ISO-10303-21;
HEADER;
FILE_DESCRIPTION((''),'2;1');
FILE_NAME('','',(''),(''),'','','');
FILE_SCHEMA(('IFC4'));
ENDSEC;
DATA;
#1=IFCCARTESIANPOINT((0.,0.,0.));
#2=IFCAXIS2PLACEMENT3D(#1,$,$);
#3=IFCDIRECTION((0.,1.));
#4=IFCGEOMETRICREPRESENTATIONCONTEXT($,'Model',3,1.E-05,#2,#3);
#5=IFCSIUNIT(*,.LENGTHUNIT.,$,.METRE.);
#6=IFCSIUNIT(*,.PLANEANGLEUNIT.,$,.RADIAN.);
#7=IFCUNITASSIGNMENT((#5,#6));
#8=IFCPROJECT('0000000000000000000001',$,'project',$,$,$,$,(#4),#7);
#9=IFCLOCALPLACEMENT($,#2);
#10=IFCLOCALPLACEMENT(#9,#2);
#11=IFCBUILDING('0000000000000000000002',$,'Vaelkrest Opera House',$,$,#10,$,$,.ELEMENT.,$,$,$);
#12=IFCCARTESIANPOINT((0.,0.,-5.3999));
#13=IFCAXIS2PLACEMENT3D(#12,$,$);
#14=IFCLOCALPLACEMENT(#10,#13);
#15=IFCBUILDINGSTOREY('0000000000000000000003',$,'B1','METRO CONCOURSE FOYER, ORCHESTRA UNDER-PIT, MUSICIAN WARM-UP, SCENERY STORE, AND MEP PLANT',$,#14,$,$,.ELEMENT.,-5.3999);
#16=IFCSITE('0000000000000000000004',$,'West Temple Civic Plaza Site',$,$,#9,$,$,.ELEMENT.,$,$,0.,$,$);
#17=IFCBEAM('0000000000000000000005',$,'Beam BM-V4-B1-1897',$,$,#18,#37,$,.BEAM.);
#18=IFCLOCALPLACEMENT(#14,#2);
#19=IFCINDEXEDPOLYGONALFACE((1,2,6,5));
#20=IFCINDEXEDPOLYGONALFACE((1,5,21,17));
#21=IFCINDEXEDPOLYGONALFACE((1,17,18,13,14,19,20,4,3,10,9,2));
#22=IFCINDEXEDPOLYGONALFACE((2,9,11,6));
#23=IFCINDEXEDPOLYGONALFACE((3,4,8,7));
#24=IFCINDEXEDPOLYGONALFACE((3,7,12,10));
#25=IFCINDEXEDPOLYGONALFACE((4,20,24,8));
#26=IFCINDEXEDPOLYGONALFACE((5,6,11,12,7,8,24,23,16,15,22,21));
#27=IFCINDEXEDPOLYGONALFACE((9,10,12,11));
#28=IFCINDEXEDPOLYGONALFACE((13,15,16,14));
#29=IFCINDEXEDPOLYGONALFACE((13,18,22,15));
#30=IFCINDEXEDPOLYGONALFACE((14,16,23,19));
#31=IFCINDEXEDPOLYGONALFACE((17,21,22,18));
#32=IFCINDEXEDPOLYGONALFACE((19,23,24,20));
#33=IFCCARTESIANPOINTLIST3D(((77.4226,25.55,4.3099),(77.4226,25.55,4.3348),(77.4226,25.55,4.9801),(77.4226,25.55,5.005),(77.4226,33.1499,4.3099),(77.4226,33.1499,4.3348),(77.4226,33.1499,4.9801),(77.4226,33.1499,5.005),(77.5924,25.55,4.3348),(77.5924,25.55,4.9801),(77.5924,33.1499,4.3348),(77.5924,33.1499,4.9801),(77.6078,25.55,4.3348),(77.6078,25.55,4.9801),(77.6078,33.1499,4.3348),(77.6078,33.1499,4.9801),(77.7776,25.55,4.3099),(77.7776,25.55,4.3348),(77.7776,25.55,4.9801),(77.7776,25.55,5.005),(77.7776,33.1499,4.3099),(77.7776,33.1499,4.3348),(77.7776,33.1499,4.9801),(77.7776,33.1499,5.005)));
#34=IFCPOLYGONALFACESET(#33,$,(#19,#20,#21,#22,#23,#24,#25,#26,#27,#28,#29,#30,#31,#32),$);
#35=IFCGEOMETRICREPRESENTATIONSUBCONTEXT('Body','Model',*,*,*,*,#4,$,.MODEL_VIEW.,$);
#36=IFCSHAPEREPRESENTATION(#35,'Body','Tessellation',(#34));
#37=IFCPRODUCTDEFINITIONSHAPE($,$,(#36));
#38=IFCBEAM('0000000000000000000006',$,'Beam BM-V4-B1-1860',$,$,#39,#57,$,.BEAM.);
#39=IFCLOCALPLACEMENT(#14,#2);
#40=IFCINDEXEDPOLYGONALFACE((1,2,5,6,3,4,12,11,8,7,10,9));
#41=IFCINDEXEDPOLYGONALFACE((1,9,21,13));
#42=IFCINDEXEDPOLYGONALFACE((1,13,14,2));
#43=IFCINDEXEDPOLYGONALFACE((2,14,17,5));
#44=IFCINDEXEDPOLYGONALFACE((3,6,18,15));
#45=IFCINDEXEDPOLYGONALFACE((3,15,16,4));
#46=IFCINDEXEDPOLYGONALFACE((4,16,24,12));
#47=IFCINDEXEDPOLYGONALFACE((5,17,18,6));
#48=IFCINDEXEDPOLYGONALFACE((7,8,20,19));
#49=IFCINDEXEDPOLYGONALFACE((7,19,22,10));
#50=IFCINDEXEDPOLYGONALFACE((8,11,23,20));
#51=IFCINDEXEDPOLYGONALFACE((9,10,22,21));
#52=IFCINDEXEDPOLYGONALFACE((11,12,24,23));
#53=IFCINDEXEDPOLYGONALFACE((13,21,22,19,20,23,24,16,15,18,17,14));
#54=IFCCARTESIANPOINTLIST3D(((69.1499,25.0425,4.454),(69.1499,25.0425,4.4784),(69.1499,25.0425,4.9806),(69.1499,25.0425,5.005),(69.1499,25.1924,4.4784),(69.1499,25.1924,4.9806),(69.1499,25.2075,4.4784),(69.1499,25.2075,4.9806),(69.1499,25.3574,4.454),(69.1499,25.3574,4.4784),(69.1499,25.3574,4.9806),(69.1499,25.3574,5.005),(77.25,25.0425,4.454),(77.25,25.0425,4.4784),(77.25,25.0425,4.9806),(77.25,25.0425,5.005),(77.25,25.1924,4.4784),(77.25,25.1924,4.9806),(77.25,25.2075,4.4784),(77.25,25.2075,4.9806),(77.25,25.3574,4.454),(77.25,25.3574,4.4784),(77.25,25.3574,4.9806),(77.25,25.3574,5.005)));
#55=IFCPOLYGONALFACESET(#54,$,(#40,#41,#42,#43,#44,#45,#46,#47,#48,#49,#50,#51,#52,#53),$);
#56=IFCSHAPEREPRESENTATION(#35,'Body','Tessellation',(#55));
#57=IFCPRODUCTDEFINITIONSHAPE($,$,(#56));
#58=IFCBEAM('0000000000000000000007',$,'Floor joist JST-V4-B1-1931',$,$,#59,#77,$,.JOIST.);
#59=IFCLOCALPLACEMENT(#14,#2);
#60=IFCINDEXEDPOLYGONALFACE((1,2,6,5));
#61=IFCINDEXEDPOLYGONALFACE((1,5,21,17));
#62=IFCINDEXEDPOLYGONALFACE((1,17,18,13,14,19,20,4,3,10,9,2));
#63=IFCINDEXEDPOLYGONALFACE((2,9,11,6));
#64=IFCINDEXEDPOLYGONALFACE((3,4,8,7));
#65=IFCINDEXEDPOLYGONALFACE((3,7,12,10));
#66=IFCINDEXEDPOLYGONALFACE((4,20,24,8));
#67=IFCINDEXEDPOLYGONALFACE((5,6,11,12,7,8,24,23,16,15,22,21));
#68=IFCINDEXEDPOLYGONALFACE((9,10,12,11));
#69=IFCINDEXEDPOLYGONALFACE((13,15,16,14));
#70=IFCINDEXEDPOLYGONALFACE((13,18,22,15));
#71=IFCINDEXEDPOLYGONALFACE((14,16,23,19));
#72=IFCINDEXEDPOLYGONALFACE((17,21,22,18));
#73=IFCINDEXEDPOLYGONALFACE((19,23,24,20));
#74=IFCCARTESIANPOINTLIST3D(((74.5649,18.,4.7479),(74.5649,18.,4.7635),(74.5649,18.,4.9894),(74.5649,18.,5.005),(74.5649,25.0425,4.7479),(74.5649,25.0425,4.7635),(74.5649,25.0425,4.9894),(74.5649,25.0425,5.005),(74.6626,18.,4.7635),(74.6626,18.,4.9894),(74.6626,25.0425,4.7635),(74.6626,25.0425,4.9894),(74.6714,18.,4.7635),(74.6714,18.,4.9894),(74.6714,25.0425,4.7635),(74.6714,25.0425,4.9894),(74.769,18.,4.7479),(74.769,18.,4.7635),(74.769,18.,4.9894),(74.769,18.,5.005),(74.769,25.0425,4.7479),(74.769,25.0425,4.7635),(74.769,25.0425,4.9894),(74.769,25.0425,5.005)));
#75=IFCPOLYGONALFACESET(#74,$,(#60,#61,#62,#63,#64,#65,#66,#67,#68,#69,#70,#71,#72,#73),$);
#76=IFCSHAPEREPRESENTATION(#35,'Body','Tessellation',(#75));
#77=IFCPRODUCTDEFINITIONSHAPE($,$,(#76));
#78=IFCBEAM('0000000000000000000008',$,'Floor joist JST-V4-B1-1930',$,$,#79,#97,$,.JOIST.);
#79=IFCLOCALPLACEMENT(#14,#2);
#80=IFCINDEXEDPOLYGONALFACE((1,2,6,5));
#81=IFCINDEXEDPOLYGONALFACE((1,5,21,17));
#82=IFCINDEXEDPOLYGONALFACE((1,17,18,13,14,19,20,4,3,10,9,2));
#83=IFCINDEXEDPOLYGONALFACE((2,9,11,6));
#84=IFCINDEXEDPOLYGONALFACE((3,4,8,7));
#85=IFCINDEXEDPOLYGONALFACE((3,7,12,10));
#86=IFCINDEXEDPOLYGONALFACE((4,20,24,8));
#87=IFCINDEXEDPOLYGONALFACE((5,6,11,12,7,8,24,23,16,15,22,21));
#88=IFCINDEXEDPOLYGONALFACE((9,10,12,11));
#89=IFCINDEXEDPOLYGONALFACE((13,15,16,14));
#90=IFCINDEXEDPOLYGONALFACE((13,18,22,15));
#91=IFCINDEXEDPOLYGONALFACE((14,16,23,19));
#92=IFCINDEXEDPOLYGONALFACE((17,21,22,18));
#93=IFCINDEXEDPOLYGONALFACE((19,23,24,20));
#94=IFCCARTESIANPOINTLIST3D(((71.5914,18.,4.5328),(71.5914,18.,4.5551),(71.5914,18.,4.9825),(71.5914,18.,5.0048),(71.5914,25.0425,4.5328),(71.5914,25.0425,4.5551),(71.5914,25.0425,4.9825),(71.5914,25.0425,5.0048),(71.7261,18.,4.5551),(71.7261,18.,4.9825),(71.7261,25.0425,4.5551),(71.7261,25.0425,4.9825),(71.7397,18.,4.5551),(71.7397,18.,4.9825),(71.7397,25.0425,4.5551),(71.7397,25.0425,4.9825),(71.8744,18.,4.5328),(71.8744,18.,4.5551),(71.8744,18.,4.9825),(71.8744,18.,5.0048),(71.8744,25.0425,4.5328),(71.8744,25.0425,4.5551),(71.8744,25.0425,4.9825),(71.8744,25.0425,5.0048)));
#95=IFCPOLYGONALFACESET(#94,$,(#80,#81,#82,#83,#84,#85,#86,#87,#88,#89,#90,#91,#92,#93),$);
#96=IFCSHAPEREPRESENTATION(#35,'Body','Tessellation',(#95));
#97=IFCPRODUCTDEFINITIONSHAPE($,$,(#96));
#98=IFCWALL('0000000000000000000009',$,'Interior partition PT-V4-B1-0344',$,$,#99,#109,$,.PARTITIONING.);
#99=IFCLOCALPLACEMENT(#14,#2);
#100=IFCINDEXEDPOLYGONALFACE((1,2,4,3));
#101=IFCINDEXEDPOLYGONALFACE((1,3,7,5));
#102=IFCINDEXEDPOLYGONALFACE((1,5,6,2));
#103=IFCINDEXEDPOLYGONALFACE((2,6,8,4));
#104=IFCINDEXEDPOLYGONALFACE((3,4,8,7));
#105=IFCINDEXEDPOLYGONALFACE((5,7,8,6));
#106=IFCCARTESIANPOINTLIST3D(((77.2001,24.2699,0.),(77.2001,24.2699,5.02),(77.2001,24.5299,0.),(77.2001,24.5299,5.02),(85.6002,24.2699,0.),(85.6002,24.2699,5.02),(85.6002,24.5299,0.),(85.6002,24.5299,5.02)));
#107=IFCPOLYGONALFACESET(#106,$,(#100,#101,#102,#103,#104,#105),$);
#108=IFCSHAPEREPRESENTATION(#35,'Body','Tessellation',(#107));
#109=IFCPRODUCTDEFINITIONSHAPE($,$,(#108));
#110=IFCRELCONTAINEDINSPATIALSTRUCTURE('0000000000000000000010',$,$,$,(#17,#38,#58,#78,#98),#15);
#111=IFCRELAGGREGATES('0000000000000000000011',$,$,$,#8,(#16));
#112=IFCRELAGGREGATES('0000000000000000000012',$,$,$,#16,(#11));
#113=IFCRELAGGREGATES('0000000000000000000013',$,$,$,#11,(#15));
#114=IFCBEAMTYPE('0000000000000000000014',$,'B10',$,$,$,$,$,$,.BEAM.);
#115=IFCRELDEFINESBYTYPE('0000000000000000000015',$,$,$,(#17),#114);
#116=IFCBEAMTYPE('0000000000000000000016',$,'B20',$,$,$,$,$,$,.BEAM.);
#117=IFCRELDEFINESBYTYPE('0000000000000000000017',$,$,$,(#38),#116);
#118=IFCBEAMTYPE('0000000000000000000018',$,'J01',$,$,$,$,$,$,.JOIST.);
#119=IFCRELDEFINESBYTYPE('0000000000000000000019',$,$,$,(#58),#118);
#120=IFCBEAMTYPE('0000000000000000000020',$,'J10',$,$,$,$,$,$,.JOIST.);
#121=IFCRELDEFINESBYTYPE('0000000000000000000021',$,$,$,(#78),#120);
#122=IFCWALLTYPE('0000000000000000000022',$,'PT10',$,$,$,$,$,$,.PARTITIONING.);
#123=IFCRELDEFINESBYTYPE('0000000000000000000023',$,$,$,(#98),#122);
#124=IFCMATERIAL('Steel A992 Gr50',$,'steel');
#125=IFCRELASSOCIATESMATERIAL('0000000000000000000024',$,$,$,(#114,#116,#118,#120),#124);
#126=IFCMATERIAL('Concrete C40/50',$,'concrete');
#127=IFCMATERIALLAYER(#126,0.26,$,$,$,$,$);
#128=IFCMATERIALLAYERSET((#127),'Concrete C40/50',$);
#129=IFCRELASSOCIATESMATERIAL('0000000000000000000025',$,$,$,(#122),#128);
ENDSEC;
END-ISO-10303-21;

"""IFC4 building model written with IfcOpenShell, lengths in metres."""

from ifc_helpers import new_model, si_unit, direction, frame, frame_2d, origin, origin_2d, place, context, subcontext, project, spatial, rectangle, i_section, extrude, material, layer, layer_set, material_profile, profile_set, type_object, element, save


model = new_model("IFC4")

# Units and contexts
model_context = context("Model", 3, precision=1e-05, world=origin(), true_north=direction((0.0, 1.0)))
body_context = subcontext(model_context, "Body", "Model", "MODEL_VIEW")
ifc_project = project(units=[si_unit("LENGTHUNIT", "METRE"), si_unit("PLANEANGLEUNIT", "RADIAN")], contexts=[model_context])

# Site, building, storey
site_placement = place(None, origin())
site = spatial("IfcSite", under=ifc_project, at=site_placement, Name="West Temple Civic Plaza Site", CompositionType="ELEMENT", RefElevation=0.0)
building_placement = place(site_placement, origin())
building = spatial("IfcBuilding", under=site, at=building_placement, Name="Vaelkrest Opera House", CompositionType="ELEMENT")
storey_placement = place(building_placement, frame((0.0, 0.0, -5.3999)))
storey = spatial("IfcBuildingStorey", under=building, at=storey_placement, Name="B1", Description="METRO CONCOURSE FOYER, ORCHESTRA UNDER-PIT, MUSICIAN WARM-UP, SCENERY STORE, AND MEP PLANT", CompositionType="ELEMENT", Elevation=-5.3999)

# Shared definitions
ifc_material_1 = material(Name="Concrete C40/50", Category="concrete")

# Beams
ifc_material_2 = material(Name="Steel A992 Gr50", Category="steel")
ifc_material_profile_1 = material_profile(ifc_material_2, i_section(OverallWidth=0.355, OverallDepth=0.6951, WebThickness=0.0154, FlangeThickness=0.0249, at=origin_2d()), Name="W27X146")
ifc_profile_set_1 = profile_set([ifc_material_profile_1], Name="Steel A992 Gr50")
beam_type_1 = type_object("IfcBeamType", Name="B10", PredefinedType="BEAM", material=ifc_profile_set_1)
for number, where, z_axis, x_axis, name in (
    (1, (77.6001, 25.55, 4.6575), (0.0, 1.0, 0.0), (-1.0, 0.0, 0.0), "Beam BM-V4-B1-1897"),
):
    element("IfcBeam", number, at=place(storey_placement, frame(where, z_axis=z_axis, x_axis=x_axis)), inside=storey, type_object=beam_type_1, Name=name, PredefinedType="BEAM", context=body_context, shape_type="SweptSolid", body=[
        extrude(i_section(OverallWidth=0.355, OverallDepth=0.6951, WebThickness=0.0154, FlangeThickness=0.0249, at=origin_2d()), origin(), (0.0, 0.0, 1.0), 7.5999),
    ])
ifc_material_profile_2 = material_profile(ifc_material_2, i_section(OverallWidth=0.3149, OverallDepth=0.551, WebThickness=0.0151, FlangeThickness=0.0244, at=origin_2d()), Name="W21X122")
ifc_profile_set_2 = profile_set([ifc_material_profile_2], Name="Steel A992 Gr50")
beam_type_2 = type_object("IfcBeamType", Name="B20", PredefinedType="BEAM", material=ifc_profile_set_2)
beam_1_placement = place(storey_placement, frame((69.1499, 25.2, 4.7295), z_axis=(1.0, 0.0, 0.0), x_axis=(0.0, 1.0, 0.0)))
element("IfcBeam", 2, at=beam_1_placement, inside=storey, type_object=beam_type_2, Name="Beam BM-V4-B1-1860", PredefinedType="BEAM", context=body_context, shape_type="SweptSolid", body=[
    extrude(i_section(OverallWidth=0.3149, OverallDepth=0.551, WebThickness=0.0151, FlangeThickness=0.0244, at=origin_2d()), origin(), (0.0, 0.0, 1.0), 8.1001),
])
ifc_material_profile_3 = material_profile(ifc_material_2, i_section(OverallWidth=0.2041, OverallDepth=0.2571, WebThickness=0.0088, FlangeThickness=0.0156, at=origin_2d()), Name="W10X45")
ifc_profile_set_3 = profile_set([ifc_material_profile_3], Name="Steel A992 Gr50")
beam_type_3 = type_object("IfcBeamType", Name="J01", PredefinedType="JOIST", material=ifc_profile_set_3)
beam_2_placement = place(storey_placement, frame((74.667, 18.0, 4.8765), z_axis=(0.0, 1.0, 0.0), x_axis=(-1.0, 0.0, 0.0)))
element("IfcBeam", 3, at=beam_2_placement, inside=storey, type_object=beam_type_3, Name="Floor joist JST-V4-B1-1931", PredefinedType="JOIST", context=body_context, shape_type="SweptSolid", body=[
    extrude(i_section(OverallWidth=0.2041, OverallDepth=0.2571, WebThickness=0.0088, FlangeThickness=0.0156, at=origin_2d()), origin(), (0.0, 0.0, 1.0), 7.0425),
])
ifc_material_profile_4 = material_profile(ifc_material_2, i_section(OverallWidth=0.283, OverallDepth=0.4719, WebThickness=0.0137, FlangeThickness=0.0222, at=origin_2d()), Name="W18X97")
ifc_profile_set_4 = profile_set([ifc_material_profile_4], Name="Steel A992 Gr50")
beam_type_4 = type_object("IfcBeamType", Name="J10", PredefinedType="JOIST", material=ifc_profile_set_4)
beam_3_placement = place(storey_placement, frame((71.7329, 18.0, 4.7688), z_axis=(0.0, 1.0, 0.0), x_axis=(-1.0, 0.0, 0.0)))
element("IfcBeam", 4, at=beam_3_placement, inside=storey, type_object=beam_type_4, Name="Floor joist JST-V4-B1-1930", PredefinedType="JOIST", context=body_context, shape_type="SweptSolid", body=[
    extrude(i_section(OverallWidth=0.283, OverallDepth=0.4719, WebThickness=0.0137, FlangeThickness=0.0222, at=origin_2d()), origin(), (0.0, 0.0, 1.0), 7.0425),
])

# Wall
ifc_layer = layer(ifc_material_1, 0.26)
ifc_layer_set = layer_set([ifc_layer], Name="Concrete C40/50")
wall_type = type_object("IfcWallType", Name="PT10", PredefinedType="PARTITIONING", material=ifc_layer_set)
wall_placement = place(storey_placement, frame((77.2, 24.3999, 0.0), z_axis=(0.0, 0.0, 1.0), x_axis=(1.0, 0.0, 0.0)))
element("IfcWall", 5, at=wall_placement, inside=storey, type_object=wall_type, Name="Interior partition PT-V4-B1-0344", PredefinedType="PARTITIONING", context=body_context, shape_type="SweptSolid", body=[
    extrude(rectangle(XDim=8.4001, YDim=0.26, at=frame_2d((4.2002, 0.0))), origin(), (0.0, 0.0, 1.0), 5.02),
])

save(model, "model.ifc")
